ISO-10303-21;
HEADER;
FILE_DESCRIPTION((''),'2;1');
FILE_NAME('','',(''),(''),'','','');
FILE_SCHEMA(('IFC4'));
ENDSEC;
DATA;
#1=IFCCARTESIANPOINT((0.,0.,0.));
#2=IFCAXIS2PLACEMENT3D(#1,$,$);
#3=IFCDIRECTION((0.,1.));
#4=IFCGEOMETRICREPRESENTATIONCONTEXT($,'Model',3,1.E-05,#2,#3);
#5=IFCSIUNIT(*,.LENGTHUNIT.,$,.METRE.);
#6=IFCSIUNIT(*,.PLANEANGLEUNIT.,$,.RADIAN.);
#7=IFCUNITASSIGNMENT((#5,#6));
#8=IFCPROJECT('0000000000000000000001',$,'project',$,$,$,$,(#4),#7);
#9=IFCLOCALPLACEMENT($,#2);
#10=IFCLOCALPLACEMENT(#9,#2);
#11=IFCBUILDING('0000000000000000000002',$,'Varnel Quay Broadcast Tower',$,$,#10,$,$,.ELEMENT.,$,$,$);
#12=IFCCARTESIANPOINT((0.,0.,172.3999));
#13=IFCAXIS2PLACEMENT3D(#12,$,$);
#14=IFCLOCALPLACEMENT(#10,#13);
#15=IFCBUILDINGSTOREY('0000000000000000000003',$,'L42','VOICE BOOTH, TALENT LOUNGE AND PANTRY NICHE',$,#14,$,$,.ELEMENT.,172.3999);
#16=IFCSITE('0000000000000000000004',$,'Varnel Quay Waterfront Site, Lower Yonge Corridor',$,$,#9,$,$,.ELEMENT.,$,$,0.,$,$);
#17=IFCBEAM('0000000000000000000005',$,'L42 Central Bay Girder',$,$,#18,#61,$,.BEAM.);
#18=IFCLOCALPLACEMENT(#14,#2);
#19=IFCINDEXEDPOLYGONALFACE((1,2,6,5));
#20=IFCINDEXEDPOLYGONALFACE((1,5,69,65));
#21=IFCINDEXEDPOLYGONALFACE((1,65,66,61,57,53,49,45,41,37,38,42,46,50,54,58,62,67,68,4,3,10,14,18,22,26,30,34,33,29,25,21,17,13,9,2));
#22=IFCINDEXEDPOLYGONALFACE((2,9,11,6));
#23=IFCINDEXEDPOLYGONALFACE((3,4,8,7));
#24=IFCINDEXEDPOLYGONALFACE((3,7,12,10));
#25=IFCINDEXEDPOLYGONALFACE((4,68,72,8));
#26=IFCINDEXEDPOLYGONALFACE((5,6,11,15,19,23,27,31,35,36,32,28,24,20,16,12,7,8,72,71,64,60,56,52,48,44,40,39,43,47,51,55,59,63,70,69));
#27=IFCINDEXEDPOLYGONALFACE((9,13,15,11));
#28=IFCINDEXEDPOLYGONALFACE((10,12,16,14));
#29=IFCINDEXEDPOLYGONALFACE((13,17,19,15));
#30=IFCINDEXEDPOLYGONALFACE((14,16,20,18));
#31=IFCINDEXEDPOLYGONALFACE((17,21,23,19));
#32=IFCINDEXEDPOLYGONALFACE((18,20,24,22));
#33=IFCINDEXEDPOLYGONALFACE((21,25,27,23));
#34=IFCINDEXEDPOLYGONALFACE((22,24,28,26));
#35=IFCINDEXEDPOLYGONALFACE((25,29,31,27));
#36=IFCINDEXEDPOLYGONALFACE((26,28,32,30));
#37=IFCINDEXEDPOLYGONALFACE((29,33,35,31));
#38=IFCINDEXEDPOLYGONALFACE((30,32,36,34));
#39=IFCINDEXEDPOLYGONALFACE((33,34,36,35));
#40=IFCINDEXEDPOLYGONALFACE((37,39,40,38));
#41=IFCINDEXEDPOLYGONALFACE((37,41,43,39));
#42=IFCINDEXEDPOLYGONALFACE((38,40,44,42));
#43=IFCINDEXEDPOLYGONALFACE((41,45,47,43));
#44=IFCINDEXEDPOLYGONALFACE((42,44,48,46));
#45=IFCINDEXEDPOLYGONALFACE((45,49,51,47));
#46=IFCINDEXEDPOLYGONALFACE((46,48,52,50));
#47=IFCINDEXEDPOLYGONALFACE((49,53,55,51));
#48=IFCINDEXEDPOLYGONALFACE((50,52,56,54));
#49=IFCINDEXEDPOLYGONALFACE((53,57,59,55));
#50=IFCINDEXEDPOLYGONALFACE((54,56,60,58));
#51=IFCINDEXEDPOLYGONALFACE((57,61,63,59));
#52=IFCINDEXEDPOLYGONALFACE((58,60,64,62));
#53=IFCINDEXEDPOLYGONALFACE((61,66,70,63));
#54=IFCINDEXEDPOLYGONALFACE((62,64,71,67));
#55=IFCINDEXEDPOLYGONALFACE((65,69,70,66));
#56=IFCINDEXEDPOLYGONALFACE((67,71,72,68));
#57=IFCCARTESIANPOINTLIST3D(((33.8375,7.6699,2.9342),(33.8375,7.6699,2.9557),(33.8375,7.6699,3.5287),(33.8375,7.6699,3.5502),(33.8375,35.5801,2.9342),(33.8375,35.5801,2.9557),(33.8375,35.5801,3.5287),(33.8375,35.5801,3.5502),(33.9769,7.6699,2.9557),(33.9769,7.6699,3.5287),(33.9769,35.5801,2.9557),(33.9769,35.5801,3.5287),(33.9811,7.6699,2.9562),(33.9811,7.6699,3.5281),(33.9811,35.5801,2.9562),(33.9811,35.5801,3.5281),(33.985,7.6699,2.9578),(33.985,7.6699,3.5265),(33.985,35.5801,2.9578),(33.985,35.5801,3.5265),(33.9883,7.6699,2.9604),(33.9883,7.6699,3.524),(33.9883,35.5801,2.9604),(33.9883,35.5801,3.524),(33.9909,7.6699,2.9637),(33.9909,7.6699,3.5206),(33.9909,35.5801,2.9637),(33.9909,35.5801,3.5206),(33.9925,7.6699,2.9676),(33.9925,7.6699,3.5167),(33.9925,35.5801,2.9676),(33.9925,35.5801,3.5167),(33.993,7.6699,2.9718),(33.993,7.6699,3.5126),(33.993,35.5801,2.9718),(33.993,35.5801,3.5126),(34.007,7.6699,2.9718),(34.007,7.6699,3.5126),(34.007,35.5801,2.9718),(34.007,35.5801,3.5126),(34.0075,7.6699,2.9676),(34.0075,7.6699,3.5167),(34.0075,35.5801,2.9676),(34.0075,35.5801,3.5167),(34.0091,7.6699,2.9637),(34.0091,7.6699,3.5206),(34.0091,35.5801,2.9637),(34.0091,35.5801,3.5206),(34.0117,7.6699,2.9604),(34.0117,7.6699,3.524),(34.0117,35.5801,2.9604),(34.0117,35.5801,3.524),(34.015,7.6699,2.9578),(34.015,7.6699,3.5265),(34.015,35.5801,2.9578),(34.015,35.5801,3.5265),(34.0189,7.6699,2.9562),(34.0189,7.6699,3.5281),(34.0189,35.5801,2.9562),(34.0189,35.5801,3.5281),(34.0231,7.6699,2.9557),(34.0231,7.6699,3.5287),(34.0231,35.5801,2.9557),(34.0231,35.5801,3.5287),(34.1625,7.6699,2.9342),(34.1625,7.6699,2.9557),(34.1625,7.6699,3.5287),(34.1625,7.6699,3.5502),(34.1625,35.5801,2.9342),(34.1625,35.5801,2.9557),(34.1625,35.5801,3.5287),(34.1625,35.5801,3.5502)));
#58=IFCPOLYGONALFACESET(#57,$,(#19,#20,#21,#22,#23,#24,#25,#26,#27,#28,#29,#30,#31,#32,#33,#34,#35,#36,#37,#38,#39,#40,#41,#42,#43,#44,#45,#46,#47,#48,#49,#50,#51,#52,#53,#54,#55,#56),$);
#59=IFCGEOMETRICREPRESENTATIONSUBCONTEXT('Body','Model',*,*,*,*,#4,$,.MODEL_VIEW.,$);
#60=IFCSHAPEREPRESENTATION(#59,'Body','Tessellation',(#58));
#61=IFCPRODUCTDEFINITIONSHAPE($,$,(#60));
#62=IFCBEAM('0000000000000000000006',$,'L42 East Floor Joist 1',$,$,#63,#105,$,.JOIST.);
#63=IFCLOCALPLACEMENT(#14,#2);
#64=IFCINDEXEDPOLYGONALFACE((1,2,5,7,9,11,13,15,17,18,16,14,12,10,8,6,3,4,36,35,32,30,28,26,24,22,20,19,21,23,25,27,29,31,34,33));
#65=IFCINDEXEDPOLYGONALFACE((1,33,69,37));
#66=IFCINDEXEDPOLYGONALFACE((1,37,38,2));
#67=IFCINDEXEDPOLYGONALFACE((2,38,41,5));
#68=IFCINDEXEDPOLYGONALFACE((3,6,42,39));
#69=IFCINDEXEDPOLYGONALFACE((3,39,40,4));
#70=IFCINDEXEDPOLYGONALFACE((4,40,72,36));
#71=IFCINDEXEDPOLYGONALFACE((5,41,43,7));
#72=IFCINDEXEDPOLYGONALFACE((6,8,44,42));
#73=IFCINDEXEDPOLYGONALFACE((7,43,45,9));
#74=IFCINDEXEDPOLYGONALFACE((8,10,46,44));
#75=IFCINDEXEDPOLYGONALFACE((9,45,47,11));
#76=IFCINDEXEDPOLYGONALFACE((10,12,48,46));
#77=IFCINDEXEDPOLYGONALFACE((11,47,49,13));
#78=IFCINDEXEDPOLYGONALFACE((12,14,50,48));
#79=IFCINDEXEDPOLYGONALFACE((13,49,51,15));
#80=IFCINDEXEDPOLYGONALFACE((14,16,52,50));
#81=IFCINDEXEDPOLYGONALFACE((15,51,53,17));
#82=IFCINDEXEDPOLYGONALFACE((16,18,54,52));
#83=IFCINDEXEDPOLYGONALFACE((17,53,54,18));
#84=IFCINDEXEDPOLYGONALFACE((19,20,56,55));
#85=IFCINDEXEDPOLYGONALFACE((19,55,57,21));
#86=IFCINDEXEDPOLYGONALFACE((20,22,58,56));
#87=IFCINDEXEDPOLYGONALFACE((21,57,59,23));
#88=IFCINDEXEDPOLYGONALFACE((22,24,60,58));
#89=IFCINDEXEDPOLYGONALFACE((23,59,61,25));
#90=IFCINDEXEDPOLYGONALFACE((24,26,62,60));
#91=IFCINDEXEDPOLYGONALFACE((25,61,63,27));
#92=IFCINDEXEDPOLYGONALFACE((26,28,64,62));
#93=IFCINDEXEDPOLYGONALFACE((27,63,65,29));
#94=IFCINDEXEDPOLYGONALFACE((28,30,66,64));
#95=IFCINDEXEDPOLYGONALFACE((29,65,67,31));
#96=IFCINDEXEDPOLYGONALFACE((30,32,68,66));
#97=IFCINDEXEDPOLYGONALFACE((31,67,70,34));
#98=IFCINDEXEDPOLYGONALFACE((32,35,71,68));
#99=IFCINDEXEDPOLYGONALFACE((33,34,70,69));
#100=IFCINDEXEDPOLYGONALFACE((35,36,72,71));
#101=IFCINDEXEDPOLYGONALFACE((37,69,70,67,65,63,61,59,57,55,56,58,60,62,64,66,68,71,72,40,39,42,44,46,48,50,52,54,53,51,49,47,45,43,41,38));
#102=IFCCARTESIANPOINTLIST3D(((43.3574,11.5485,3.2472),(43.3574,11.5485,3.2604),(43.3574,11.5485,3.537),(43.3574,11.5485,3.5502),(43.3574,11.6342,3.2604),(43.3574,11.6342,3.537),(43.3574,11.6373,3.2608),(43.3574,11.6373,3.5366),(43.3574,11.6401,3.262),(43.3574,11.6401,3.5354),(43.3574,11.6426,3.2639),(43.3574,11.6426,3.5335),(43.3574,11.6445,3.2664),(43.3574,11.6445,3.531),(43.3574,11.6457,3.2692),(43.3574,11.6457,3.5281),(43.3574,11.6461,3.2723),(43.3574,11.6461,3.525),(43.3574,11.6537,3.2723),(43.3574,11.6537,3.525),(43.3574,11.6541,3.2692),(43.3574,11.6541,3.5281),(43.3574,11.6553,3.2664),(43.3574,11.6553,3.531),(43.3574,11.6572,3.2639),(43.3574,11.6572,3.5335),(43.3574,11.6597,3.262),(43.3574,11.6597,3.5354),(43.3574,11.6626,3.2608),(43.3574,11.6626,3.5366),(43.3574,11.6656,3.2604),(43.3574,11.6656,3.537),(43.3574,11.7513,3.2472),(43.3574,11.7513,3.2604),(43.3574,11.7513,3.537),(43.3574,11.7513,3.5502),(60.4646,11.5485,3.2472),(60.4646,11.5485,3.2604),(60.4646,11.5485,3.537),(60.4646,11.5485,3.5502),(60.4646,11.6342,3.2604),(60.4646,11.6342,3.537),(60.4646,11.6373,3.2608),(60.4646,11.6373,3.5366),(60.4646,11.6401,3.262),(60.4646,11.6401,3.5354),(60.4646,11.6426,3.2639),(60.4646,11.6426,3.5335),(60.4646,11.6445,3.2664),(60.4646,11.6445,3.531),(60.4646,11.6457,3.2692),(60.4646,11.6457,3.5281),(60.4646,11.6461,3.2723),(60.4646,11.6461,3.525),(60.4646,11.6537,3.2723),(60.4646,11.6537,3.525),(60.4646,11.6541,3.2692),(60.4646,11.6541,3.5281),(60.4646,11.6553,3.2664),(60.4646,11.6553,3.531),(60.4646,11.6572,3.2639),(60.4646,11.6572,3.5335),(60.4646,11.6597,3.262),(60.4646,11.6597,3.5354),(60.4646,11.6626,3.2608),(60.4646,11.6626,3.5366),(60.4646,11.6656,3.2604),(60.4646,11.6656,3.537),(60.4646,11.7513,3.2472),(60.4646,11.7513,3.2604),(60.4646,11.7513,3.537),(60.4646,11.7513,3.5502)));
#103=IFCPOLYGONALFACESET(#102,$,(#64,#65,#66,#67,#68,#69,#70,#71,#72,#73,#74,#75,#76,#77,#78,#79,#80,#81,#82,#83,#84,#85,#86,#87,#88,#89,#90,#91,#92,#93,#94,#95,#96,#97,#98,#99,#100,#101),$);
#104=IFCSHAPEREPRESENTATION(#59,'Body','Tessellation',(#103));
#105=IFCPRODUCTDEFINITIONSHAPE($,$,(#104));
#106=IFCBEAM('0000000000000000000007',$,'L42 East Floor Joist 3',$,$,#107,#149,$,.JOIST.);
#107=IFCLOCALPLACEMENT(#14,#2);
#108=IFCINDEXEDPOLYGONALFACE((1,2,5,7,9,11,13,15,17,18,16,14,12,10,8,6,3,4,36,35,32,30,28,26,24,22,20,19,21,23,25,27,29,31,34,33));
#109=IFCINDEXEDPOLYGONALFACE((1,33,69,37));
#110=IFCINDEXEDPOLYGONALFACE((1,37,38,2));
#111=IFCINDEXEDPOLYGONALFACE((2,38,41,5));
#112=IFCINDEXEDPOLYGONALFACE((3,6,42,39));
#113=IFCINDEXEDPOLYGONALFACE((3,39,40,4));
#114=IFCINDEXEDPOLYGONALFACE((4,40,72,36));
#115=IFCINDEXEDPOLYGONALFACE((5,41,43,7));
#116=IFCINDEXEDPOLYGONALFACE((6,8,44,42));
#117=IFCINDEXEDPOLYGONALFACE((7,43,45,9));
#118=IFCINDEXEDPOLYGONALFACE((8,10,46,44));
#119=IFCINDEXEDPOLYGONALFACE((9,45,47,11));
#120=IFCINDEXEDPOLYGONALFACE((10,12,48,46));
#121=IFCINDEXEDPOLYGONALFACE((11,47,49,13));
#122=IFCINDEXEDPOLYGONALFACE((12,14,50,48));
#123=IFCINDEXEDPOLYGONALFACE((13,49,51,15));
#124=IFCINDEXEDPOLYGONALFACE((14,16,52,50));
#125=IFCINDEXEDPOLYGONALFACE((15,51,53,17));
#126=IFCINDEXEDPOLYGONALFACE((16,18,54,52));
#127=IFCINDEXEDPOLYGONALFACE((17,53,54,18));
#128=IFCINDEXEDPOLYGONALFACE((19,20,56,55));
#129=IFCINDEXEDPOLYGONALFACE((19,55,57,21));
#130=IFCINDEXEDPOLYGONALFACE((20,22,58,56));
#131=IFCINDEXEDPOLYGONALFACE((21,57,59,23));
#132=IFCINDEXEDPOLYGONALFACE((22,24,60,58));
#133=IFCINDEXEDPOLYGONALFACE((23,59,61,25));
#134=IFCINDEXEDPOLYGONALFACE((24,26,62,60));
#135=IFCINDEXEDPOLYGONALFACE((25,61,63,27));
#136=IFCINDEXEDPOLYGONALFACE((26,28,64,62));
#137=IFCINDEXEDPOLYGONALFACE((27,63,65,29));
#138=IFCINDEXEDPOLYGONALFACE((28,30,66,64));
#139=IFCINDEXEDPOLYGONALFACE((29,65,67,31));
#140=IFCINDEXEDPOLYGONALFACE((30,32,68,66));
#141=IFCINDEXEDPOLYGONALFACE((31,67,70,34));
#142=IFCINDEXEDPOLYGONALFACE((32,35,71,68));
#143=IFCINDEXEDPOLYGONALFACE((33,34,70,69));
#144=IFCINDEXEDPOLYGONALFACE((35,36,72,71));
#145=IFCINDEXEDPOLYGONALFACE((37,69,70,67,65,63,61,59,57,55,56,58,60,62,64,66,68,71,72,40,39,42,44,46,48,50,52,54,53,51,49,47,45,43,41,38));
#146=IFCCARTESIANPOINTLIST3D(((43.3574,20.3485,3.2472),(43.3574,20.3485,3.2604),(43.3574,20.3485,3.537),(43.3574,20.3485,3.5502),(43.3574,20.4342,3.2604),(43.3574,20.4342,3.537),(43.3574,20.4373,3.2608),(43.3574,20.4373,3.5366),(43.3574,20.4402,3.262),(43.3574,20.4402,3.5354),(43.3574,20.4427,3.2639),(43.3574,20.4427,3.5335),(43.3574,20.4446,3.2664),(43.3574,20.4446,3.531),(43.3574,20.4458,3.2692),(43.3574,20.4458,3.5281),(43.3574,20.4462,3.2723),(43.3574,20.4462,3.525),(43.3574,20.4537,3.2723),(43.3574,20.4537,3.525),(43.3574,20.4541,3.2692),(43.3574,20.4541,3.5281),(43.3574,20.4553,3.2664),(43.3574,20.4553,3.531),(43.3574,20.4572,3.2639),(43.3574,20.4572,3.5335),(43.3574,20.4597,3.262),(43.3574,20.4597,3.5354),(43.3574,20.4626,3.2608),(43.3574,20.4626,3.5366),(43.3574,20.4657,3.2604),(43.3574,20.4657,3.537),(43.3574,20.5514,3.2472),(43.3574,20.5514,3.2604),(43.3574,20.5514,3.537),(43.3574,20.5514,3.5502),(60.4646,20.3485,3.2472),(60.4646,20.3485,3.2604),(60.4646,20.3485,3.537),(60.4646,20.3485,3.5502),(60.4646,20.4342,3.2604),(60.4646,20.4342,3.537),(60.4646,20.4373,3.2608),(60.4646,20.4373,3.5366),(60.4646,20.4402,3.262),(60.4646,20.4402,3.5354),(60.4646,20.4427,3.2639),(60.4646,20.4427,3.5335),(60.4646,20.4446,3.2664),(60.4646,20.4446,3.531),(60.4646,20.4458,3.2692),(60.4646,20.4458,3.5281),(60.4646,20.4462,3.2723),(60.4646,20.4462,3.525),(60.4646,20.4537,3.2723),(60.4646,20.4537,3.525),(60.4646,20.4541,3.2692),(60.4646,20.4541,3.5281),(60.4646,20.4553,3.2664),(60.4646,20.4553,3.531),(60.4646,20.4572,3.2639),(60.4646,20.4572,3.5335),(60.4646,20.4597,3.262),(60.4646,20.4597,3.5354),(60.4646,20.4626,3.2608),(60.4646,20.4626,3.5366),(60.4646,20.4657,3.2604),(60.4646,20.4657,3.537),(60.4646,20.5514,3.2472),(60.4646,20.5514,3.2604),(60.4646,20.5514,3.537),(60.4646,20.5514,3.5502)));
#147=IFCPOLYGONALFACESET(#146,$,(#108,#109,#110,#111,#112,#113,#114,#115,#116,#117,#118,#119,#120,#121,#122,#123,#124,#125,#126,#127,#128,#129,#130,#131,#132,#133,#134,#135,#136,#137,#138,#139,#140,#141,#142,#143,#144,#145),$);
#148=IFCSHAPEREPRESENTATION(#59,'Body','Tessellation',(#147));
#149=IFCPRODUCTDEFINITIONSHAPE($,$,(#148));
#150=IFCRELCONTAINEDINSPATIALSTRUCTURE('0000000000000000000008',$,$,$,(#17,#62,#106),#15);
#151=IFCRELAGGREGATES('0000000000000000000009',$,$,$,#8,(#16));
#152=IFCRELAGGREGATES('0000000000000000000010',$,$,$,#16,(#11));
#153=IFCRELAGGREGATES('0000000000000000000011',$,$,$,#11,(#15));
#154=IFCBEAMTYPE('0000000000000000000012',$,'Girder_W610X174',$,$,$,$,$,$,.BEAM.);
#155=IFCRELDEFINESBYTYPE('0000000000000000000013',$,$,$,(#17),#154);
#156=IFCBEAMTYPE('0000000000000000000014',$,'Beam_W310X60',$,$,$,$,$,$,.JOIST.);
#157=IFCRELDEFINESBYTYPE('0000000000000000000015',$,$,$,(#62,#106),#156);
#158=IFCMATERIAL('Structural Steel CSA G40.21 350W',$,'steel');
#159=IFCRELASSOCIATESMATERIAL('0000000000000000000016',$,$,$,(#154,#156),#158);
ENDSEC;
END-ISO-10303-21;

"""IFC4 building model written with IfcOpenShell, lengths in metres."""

from ifc_helpers import new_model, si_unit, direction, frame, origin, origin_2d, place, context, subcontext, project, spatial, i_section, extrude, source, transform, mapped, material, material_profile, profile_set, type_object, type_shapes, element, save


model = new_model("IFC4")

# Units and contexts
model_context = context("Model", 3, precision=1e-05, world=origin(), true_north=direction((0.0, 1.0)))
body_context = subcontext(model_context, "Body", "Model", "MODEL_VIEW")
ifc_project = project(units=[si_unit("LENGTHUNIT", "METRE"), si_unit("PLANEANGLEUNIT", "RADIAN")], contexts=[model_context])

# Site, building, storey
site_placement = place(None, origin())
site = spatial("IfcSite", under=ifc_project, at=site_placement, Name="Varnel Quay Waterfront Site, Lower Yonge Corridor", CompositionType="ELEMENT", RefElevation=0.0)
building_placement = place(site_placement, origin())
building = spatial("IfcBuilding", under=site, at=building_placement, Name="Varnel Quay Broadcast Tower", CompositionType="ELEMENT")
storey_placement = place(building_placement, frame((0.0, 0.0, 172.3999)))
storey = spatial("IfcBuildingStorey", under=building, at=storey_placement, Name="L42", Description="VOICE BOOTH, TALENT LOUNGE AND PANTRY NICHE", CompositionType="ELEMENT", Elevation=172.3999)

# Shared definitions
ifc_material_1 = material(Name="Structural Steel CSA G40.21 350W", Category="steel")

# Beams
ifc_material_profile_1 = material_profile(ifc_material_1, i_section(OverallWidth=0.325, OverallDepth=0.616, WebThickness=0.0139, FlangeThickness=0.0215, FilletRadius=0.0161, at=origin_2d()), Name="W610X174")
ifc_profile_set_1 = profile_set([ifc_material_profile_1], Name="Structural Steel CSA G40.21 350W")
beam_type_1 = type_object("IfcBeamType", Name="Girder_W610X174", PredefinedType="BEAM", material=ifc_profile_set_1)
shared_shape_1 = source(origin(), body_context, "Body", "SweptSolid", [
    extrude(i_section(OverallWidth=0.325, OverallDepth=0.616, WebThickness=0.0139, FlangeThickness=0.0215, FilletRadius=0.0161, at=origin_2d()), origin(), (0.0, 0.0, 1.0), 27.9102),
])
beam_1_placement = place(storey_placement, frame((34.0, 7.6699, 3.2422), z_axis=(0.0, 1.0, 0.0), x_axis=(-1.0, 0.0, 0.0)))
element("IfcBeam", 1, at=beam_1_placement, inside=storey, type_object=beam_type_1, Name="L42 Central Bay Girder", PredefinedType="BEAM", context=body_context, shape_type="MappedRepresentation", body=[
    mapped(shared_shape_1, transform((0.0, 0.0, 0.0), x_axis=(1.0, 0.0, 0.0), y_axis=(0.0, 1.0, 0.0), z_axis=(0.0, 0.0, 1.0), scale=1.0)),
])
ifc_material_profile_2 = material_profile(ifc_material_1, i_section(OverallWidth=0.2029, OverallDepth=0.303, WebThickness=0.0076, FlangeThickness=0.0132, FilletRadius=0.012, at=origin_2d()), Name="W310X60")
ifc_profile_set_2 = profile_set([ifc_material_profile_2], Name="Structural Steel CSA G40.21 350W")
beam_type_2 = type_object("IfcBeamType", Name="Beam_W310X60", PredefinedType="JOIST", material=ifc_profile_set_2)
shared_shape_2 = source(origin(), body_context, "Body", "SweptSolid", [
    extrude(i_section(OverallWidth=0.2029, OverallDepth=0.303, WebThickness=0.0076, FlangeThickness=0.0132, FilletRadius=0.012, at=origin_2d()), origin(), (0.0, 0.0, 1.0), 17.1072),
])
type_shapes(beam_type_2, [shared_shape_2])
for number, where, z_axis, x_axis, name in (
    (2, (43.3574, 11.6499, 3.3987), (1.0, 0.0, 0.0), (0.0, 1.0, 0.0), "L42 East Floor Joist 1"),
    (3, (43.3574, 20.45, 3.3987), (1.0, 0.0, 0.0), (0.0, 1.0, 0.0), "L42 East Floor Joist 3"),
):
    element("IfcBeam", number, at=place(storey_placement, frame(where, z_axis=z_axis, x_axis=x_axis)), inside=storey, type_object=beam_type_2, Name=name, PredefinedType="JOIST", context=body_context, shape_type="MappedRepresentation", body=[
        mapped(shared_shape_2, transform((0.0, 0.0, 0.0), x_axis=(1.0, 0.0, 0.0), y_axis=(0.0, 1.0, 0.0), z_axis=(0.0, 0.0, 1.0), scale=1.0)),
    ])

save(model, "model.ifc")
